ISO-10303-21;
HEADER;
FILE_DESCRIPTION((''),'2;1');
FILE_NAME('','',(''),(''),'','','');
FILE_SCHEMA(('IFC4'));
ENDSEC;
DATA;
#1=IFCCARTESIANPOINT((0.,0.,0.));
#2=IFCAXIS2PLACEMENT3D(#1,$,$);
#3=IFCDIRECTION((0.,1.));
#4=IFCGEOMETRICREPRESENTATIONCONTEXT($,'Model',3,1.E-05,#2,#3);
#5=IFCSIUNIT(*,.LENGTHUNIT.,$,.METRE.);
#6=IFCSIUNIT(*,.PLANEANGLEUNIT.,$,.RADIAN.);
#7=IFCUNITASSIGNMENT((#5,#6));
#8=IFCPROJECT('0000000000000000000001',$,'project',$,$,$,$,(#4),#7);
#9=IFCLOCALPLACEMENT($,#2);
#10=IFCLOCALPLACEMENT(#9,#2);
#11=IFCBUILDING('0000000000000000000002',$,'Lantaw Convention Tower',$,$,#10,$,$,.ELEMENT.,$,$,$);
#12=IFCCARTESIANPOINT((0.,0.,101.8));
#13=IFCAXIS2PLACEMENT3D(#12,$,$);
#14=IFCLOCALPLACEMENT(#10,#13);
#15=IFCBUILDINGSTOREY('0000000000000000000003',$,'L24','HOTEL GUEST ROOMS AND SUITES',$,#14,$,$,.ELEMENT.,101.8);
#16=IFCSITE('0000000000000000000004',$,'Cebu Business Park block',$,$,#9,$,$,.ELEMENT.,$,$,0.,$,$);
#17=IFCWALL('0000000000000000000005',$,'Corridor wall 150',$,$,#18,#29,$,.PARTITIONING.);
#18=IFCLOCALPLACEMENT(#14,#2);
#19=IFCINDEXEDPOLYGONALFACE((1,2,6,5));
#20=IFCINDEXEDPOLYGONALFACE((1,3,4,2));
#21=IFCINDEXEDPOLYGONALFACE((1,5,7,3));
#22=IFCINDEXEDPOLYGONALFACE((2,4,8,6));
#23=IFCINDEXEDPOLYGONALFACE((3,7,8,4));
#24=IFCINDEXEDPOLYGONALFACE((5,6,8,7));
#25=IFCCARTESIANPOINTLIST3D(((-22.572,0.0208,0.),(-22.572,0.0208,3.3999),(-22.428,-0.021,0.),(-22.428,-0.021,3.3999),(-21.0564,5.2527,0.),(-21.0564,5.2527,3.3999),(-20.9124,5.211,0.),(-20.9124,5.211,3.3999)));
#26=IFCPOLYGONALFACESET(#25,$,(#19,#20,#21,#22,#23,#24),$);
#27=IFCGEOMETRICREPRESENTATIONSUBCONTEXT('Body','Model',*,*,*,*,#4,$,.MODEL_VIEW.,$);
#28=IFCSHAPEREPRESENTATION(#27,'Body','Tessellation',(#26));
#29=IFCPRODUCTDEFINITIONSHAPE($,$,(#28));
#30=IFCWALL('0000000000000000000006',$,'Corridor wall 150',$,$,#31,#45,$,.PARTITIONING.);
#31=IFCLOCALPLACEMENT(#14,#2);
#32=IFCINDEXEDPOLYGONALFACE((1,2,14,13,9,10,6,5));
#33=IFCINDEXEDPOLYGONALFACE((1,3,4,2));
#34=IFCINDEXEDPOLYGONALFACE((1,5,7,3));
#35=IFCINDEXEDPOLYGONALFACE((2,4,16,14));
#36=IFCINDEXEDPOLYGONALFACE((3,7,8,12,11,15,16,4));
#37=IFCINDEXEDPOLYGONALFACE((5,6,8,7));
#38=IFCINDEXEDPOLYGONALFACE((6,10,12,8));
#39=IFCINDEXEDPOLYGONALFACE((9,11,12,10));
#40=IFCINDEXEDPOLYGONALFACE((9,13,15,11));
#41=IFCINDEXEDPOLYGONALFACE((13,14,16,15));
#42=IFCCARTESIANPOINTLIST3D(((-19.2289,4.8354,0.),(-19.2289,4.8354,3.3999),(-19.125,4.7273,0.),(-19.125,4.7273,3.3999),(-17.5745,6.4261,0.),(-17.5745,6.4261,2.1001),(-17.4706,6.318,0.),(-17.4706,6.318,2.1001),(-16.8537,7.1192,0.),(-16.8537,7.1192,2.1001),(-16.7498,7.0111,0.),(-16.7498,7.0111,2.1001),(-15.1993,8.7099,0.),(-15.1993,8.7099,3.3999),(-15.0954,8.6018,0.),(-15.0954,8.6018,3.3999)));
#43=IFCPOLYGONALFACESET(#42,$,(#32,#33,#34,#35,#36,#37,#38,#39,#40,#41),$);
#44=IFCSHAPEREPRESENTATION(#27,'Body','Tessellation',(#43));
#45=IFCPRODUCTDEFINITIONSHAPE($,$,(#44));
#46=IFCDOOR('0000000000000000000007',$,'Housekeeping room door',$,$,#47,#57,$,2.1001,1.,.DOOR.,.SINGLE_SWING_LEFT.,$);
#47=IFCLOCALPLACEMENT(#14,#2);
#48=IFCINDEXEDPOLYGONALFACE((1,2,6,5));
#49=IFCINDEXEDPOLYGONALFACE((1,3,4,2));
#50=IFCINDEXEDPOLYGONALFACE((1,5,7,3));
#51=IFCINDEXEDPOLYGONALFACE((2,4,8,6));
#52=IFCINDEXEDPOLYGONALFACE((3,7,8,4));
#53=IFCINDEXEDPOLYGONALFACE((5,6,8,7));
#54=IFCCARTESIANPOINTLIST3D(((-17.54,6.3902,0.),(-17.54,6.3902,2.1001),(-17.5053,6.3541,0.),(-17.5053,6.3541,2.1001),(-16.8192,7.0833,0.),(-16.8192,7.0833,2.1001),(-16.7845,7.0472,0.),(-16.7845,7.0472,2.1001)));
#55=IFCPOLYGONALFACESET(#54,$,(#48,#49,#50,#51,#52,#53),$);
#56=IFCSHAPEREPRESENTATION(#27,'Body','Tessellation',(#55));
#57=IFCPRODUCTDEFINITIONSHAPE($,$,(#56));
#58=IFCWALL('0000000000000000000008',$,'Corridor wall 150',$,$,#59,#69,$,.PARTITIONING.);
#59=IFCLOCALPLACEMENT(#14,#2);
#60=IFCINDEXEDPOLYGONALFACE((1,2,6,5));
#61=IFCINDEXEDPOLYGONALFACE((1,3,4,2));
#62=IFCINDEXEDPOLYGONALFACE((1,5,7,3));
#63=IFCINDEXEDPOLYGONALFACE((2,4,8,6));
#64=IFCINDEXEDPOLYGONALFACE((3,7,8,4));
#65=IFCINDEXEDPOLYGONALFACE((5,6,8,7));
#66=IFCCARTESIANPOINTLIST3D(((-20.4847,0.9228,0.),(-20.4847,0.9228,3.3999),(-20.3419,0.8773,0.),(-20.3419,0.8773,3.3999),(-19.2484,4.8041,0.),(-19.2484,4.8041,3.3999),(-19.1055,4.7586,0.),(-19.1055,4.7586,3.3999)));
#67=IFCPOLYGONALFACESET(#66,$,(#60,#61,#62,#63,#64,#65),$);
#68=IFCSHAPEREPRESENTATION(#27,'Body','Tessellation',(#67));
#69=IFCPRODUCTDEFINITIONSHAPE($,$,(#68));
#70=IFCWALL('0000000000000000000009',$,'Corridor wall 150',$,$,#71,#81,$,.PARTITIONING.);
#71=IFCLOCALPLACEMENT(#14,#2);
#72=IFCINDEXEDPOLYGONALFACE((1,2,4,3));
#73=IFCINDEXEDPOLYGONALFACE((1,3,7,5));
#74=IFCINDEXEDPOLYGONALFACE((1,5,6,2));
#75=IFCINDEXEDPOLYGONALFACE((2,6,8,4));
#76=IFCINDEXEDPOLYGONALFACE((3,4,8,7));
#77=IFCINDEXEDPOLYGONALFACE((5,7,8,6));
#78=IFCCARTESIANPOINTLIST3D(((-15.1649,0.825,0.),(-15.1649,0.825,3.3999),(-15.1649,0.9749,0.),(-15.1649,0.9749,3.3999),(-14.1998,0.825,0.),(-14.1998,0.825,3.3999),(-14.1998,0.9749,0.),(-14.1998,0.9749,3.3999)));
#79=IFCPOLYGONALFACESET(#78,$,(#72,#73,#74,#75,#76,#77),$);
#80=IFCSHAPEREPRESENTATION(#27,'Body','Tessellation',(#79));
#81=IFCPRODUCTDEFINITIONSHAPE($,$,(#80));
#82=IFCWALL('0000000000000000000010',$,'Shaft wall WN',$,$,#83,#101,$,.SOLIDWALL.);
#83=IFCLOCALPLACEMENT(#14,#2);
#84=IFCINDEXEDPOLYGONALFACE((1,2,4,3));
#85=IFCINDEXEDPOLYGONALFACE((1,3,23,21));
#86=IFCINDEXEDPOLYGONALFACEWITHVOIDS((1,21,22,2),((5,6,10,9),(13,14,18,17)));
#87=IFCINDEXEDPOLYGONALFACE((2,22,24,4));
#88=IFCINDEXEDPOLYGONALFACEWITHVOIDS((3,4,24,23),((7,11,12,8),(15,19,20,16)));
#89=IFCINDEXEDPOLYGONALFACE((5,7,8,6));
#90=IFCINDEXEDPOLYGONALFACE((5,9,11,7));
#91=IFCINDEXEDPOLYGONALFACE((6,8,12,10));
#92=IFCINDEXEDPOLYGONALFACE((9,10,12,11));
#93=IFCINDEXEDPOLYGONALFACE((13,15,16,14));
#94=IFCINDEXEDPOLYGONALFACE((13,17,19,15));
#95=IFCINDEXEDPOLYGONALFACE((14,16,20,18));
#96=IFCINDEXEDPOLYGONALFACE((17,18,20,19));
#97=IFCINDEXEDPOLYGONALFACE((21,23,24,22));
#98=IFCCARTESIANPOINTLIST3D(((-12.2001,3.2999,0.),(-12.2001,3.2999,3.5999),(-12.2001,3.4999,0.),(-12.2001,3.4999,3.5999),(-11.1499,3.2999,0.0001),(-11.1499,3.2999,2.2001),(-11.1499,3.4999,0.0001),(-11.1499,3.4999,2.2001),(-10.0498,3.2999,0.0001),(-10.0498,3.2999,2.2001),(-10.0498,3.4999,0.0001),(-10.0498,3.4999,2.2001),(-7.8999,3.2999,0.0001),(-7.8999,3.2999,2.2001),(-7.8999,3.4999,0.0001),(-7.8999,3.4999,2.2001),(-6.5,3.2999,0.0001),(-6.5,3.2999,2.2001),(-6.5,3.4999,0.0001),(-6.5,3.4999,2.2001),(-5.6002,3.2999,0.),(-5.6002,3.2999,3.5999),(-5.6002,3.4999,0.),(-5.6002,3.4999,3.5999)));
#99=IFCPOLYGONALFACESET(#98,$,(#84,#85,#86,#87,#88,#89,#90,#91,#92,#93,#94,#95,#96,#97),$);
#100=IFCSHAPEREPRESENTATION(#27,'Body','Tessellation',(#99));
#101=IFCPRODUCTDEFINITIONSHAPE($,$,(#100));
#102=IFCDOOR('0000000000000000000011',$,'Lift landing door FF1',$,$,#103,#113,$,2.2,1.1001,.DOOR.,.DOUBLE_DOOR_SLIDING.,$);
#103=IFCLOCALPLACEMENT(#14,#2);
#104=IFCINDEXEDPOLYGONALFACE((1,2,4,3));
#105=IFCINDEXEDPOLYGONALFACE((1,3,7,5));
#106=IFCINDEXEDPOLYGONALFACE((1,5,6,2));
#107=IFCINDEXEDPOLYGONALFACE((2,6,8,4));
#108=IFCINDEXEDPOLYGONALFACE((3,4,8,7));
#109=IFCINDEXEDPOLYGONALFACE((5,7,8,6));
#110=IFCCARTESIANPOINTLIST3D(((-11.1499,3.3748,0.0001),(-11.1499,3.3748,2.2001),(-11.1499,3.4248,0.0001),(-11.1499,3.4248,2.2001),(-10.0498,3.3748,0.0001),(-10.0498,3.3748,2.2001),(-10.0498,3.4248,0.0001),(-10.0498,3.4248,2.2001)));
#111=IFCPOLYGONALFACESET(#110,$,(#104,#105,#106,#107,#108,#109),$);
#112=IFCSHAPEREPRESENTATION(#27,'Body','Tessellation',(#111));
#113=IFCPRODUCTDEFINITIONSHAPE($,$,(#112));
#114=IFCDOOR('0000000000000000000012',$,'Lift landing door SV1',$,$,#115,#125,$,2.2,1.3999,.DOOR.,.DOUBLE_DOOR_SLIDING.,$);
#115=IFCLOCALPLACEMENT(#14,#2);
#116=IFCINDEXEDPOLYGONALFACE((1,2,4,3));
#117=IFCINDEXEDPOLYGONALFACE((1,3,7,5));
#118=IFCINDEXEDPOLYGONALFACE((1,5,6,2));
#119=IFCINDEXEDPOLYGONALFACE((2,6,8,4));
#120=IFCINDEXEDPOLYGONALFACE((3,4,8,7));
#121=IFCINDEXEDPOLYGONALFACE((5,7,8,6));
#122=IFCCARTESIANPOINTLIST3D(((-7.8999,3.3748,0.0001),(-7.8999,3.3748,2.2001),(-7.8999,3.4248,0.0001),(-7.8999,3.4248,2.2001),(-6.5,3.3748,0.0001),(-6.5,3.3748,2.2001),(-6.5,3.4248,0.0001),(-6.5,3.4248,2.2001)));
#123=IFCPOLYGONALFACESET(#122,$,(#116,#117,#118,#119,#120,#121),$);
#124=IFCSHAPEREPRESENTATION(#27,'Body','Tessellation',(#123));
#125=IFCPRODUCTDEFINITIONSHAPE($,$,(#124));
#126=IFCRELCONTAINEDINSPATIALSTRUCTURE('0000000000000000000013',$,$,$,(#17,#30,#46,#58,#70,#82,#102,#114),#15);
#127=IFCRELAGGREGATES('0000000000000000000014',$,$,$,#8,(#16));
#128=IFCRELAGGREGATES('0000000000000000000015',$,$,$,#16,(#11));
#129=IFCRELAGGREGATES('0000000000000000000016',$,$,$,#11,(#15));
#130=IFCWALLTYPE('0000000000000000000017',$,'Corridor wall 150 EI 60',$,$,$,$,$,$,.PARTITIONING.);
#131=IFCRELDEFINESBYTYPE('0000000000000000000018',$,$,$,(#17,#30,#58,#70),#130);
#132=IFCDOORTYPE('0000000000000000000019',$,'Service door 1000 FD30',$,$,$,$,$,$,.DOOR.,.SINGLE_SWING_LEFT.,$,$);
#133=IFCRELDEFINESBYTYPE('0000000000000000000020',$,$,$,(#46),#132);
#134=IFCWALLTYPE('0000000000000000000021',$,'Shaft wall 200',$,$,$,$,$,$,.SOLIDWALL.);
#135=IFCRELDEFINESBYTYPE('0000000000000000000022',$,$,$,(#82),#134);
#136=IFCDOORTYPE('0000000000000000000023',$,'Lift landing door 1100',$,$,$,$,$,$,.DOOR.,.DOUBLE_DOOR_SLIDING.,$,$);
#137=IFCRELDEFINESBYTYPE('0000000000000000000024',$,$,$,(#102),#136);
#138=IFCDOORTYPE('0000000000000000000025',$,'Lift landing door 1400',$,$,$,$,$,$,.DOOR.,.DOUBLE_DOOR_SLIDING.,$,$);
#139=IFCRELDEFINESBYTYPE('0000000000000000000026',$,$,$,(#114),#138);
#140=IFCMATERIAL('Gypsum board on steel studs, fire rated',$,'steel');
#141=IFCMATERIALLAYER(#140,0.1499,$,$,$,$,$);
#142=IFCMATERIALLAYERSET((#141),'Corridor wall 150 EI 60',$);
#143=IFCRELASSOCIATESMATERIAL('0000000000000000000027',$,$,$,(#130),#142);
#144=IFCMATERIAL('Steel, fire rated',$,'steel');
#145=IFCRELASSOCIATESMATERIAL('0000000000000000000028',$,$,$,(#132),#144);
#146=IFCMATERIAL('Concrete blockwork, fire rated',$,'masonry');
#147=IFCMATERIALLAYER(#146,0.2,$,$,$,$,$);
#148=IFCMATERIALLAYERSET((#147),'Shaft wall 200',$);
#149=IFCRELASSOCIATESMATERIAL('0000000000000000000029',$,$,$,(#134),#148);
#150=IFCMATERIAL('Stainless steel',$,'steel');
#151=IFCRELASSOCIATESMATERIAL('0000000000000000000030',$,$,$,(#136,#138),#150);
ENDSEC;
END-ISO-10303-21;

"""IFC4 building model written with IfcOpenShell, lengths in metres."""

from ifc_helpers import new_model, si_unit, direction, frame, frame_2d, origin, place, context, subcontext, project, spatial, rectangle, extrude, material, layer, layer_set, type_object, element, fill, save


model = new_model("IFC4")

# Units and contexts
model_context = context("Model", 3, precision=1e-05, world=origin(), true_north=direction((0.0, 1.0)))
body_context = subcontext(model_context, "Body", "Model", "MODEL_VIEW")
ifc_project = project(units=[si_unit("LENGTHUNIT", "METRE"), si_unit("PLANEANGLEUNIT", "RADIAN")], contexts=[model_context])

# Site, building, storey
site_placement = place(None, origin())
site = spatial("IfcSite", under=ifc_project, at=site_placement, Name="Cebu Business Park block", CompositionType="ELEMENT", RefElevation=0.0)
building_placement = place(site_placement, origin())
building = spatial("IfcBuilding", under=site, at=building_placement, Name="Lantaw Convention Tower", CompositionType="ELEMENT")
storey_placement = place(building_placement, frame((0.0, 0.0, 101.8)))
storey = spatial("IfcBuildingStorey", under=building, at=storey_placement, Name="L24", Description="HOTEL GUEST ROOMS AND SUITES", CompositionType="ELEMENT", Elevation=101.8)

# Wall
ifc_material_1 = material(Name="Gypsum board on steel studs, fire rated", Category="steel")
ifc_layer_1 = layer(ifc_material_1, 0.1499)
ifc_layer_set_1 = layer_set([ifc_layer_1], Name="Corridor wall 150 EI 60")
wall_type_1 = type_object("IfcWallType", Name="Corridor wall 150 EI 60", PredefinedType="PARTITIONING", material=ifc_layer_set_1)
wall_1_placement = place(storey_placement, frame((-20.9844, 5.2319, 0.0), z_axis=(0.0, 0.0, 1.0), x_axis=(-0.278247, -0.960509, 0.0)))
element("IfcWall", 1, at=wall_1_placement, inside=storey, type_object=wall_type_1, Name="Corridor wall 150", PredefinedType="PARTITIONING", context=body_context, shape_type="SweptSolid", body=[
    extrude(rectangle(XDim=5.447, YDim=0.1499, at=frame_2d((2.7236, 0.0))), origin(), (0.0, 0.0, 1.0), 3.3999),
])

# Wall, opening, door
wall_2_placement = place(storey_placement, frame((-15.1475, 8.6558, 0.0), z_axis=(0.0, 0.0, 1.0), x_axis=(-0.720837, -0.693104, 0.0)))
wall_2 = element("IfcWall", 2, at=wall_2_placement, inside=storey, type_object=wall_type_1, Name="Corridor wall 150", PredefinedType="PARTITIONING", context=body_context, shape_type="SweptSolid", body=[
    extrude(rectangle(XDim=5.5901, YDim=0.1499, at=frame_2d((2.7949, 0.0))), origin(), (0.0, 0.0, 1.0), 3.3999),
])
opening_1_placement = place(wall_2_placement, frame((2.2949, 0.0, 0.0)))
opening_1 = element("IfcOpeningElement", 3, at=opening_1_placement, cuts=wall_2, PredefinedType="OPENING", context=body_context, shape_type="SweptSolid", body=[
    extrude(rectangle(XDim=1.0, YDim=2.1001, at=frame_2d((0.5, 1.05))), frame((0.0, 0.085, 0.0), z_axis=(0.0, -1.0, 0.0), x_axis=(1.0, 0.0, 0.0)), (0.0, 0.0, 1.0), 0.1699),
])
ifc_material_2 = material(Name="Steel, fire rated", Category="steel")
door_type_1 = type_object("IfcDoorType", Name="Service door 1000 FD30", OperationType="SINGLE_SWING_LEFT", PredefinedType="DOOR", material=ifc_material_2)
door_1_placement = place(opening_1_placement, origin())
door_1 = element("IfcDoor", 4, at=door_1_placement, inside=storey, type_object=door_type_1, Name="Housekeeping room door", OperationType="SINGLE_SWING_LEFT", OverallHeight=2.1001, OverallWidth=1.0, PredefinedType="DOOR", context=body_context, shape_type="SweptSolid", body=[
    extrude(rectangle(XDim=1.0, YDim=2.1001, at=frame_2d((0.5, 1.05))), frame((0.0, 0.0249, 0.0), z_axis=(0.0, -1.0, 0.0), x_axis=(1.0, 0.0, 0.0)), (0.0, 0.0, 1.0), 0.05),
])
fill(opening_1, door_1)

# Walls
wall_3_placement = place(storey_placement, frame((-19.177, 4.7812, 0.0), z_axis=(0.0, 0.0, 1.0), x_axis=(-0.303505, -0.95283, 0.0)))
element("IfcWall", 5, at=wall_3_placement, inside=storey, type_object=wall_type_1, Name="Corridor wall 150", PredefinedType="PARTITIONING", context=body_context, shape_type="SweptSolid", body=[
    extrude(rectangle(XDim=4.0735, YDim=0.1499, at=frame_2d((2.0366, 0.0))), origin(), (0.0, 0.0, 1.0), 3.3999),
])
wall_4_placement = place(storey_placement, frame((-14.2, 0.8999, 0.0), z_axis=(0.0, 0.0, 1.0), x_axis=(-1.0, 0.0, 0.0)))
element("IfcWall", 6, at=wall_4_placement, inside=storey, type_object=wall_type_1, Name="Corridor wall 150", PredefinedType="PARTITIONING", context=body_context, shape_type="SweptSolid", body=[
    extrude(rectangle(XDim=0.9651, YDim=0.1499, at=frame_2d((0.4824, 0.0))), origin(), (0.0, 0.0, 1.0), 3.3999),
])

# Wall, openings, doors
ifc_material_3 = material(Name="Concrete blockwork, fire rated", Category="masonry")
ifc_layer_2 = layer(ifc_material_3, 0.2)
ifc_layer_set_2 = layer_set([ifc_layer_2], Name="Shaft wall 200")
wall_type_2 = type_object("IfcWallType", Name="Shaft wall 200", PredefinedType="SOLIDWALL", material=ifc_layer_set_2)
wall_5_placement = place(storey_placement, frame((-12.2, 3.3999, 0.0), z_axis=(0.0, 0.0, 1.0), x_axis=(1.0, 0.0, 0.0)))
wall_5 = element("IfcWall", 7, at=wall_5_placement, inside=storey, type_object=wall_type_2, Name="Shaft wall WN", PredefinedType="SOLIDWALL", context=body_context, shape_type="SweptSolid", body=[
    extrude(rectangle(XDim=6.5999, YDim=0.2, at=frame_2d((3.2998, 0.0))), origin(), (0.0, 0.0, 1.0), 3.5999),
])
opening_2_placement = place(wall_5_placement, frame((1.05, 0.0, 0.0)))
opening_2 = element("IfcOpeningElement", 8, at=opening_2_placement, cuts=wall_5, PredefinedType="OPENING", context=body_context, shape_type="SweptSolid", body=[
    extrude(rectangle(XDim=1.1001, YDim=2.2, at=frame_2d((0.55, 1.1001))), frame((0.0, 0.1099, 0.0), z_axis=(0.0, -1.0, 0.0), x_axis=(1.0, 0.0, 0.0)), (0.0, 0.0, 1.0), 0.22),
])
opening_3_placement = place(wall_5_placement, frame((4.3, 0.0, 0.0)))
opening_3 = element("IfcOpeningElement", 9, at=opening_3_placement, cuts=wall_5, PredefinedType="OPENING", context=body_context, shape_type="SweptSolid", body=[
    extrude(rectangle(XDim=1.3999, YDim=2.2, at=frame_2d((0.7, 1.1001))), frame((0.0, 0.1099, 0.0), z_axis=(0.0, -1.0, 0.0), x_axis=(1.0, 0.0, 0.0)), (0.0, 0.0, 1.0), 0.22),
])
ifc_material_4 = material(Name="Stainless steel", Category="steel")
door_type_2 = type_object("IfcDoorType", Name="Lift landing door 1100", OperationType="DOUBLE_DOOR_SLIDING", PredefinedType="DOOR", material=ifc_material_4)
door_2_placement = place(opening_2_placement, origin())
door_2 = element("IfcDoor", 10, at=door_2_placement, inside=storey, type_object=door_type_2, Name="Lift landing door FF1", OperationType="DOUBLE_DOOR_SLIDING", OverallHeight=2.2, OverallWidth=1.1001, PredefinedType="DOOR", context=body_context, shape_type="SweptSolid", body=[
    extrude(rectangle(XDim=1.1001, YDim=2.2, at=frame_2d((0.55, 1.1001))), frame((0.0, 0.0249, 0.0), z_axis=(0.0, -1.0, 0.0), x_axis=(1.0, 0.0, 0.0)), (0.0, 0.0, 1.0), 0.05),
])
fill(opening_2, door_2)
door_type_3 = type_object("IfcDoorType", Name="Lift landing door 1400", OperationType="DOUBLE_DOOR_SLIDING", PredefinedType="DOOR", material=ifc_material_4)
door_3_placement = place(opening_3_placement, origin())
door_3 = element("IfcDoor", 11, at=door_3_placement, inside=storey, type_object=door_type_3, Name="Lift landing door SV1", OperationType="DOUBLE_DOOR_SLIDING", OverallHeight=2.2, OverallWidth=1.3999, PredefinedType="DOOR", context=body_context, shape_type="SweptSolid", body=[
    extrude(rectangle(XDim=1.3999, YDim=2.2, at=frame_2d((0.7, 1.1001))), frame((0.0, 0.0249, 0.0), z_axis=(0.0, -1.0, 0.0), x_axis=(1.0, 0.0, 0.0)), (0.0, 0.0, 1.0), 0.05),
])
fill(opening_3, door_3)

save(model, "model.ifc")
